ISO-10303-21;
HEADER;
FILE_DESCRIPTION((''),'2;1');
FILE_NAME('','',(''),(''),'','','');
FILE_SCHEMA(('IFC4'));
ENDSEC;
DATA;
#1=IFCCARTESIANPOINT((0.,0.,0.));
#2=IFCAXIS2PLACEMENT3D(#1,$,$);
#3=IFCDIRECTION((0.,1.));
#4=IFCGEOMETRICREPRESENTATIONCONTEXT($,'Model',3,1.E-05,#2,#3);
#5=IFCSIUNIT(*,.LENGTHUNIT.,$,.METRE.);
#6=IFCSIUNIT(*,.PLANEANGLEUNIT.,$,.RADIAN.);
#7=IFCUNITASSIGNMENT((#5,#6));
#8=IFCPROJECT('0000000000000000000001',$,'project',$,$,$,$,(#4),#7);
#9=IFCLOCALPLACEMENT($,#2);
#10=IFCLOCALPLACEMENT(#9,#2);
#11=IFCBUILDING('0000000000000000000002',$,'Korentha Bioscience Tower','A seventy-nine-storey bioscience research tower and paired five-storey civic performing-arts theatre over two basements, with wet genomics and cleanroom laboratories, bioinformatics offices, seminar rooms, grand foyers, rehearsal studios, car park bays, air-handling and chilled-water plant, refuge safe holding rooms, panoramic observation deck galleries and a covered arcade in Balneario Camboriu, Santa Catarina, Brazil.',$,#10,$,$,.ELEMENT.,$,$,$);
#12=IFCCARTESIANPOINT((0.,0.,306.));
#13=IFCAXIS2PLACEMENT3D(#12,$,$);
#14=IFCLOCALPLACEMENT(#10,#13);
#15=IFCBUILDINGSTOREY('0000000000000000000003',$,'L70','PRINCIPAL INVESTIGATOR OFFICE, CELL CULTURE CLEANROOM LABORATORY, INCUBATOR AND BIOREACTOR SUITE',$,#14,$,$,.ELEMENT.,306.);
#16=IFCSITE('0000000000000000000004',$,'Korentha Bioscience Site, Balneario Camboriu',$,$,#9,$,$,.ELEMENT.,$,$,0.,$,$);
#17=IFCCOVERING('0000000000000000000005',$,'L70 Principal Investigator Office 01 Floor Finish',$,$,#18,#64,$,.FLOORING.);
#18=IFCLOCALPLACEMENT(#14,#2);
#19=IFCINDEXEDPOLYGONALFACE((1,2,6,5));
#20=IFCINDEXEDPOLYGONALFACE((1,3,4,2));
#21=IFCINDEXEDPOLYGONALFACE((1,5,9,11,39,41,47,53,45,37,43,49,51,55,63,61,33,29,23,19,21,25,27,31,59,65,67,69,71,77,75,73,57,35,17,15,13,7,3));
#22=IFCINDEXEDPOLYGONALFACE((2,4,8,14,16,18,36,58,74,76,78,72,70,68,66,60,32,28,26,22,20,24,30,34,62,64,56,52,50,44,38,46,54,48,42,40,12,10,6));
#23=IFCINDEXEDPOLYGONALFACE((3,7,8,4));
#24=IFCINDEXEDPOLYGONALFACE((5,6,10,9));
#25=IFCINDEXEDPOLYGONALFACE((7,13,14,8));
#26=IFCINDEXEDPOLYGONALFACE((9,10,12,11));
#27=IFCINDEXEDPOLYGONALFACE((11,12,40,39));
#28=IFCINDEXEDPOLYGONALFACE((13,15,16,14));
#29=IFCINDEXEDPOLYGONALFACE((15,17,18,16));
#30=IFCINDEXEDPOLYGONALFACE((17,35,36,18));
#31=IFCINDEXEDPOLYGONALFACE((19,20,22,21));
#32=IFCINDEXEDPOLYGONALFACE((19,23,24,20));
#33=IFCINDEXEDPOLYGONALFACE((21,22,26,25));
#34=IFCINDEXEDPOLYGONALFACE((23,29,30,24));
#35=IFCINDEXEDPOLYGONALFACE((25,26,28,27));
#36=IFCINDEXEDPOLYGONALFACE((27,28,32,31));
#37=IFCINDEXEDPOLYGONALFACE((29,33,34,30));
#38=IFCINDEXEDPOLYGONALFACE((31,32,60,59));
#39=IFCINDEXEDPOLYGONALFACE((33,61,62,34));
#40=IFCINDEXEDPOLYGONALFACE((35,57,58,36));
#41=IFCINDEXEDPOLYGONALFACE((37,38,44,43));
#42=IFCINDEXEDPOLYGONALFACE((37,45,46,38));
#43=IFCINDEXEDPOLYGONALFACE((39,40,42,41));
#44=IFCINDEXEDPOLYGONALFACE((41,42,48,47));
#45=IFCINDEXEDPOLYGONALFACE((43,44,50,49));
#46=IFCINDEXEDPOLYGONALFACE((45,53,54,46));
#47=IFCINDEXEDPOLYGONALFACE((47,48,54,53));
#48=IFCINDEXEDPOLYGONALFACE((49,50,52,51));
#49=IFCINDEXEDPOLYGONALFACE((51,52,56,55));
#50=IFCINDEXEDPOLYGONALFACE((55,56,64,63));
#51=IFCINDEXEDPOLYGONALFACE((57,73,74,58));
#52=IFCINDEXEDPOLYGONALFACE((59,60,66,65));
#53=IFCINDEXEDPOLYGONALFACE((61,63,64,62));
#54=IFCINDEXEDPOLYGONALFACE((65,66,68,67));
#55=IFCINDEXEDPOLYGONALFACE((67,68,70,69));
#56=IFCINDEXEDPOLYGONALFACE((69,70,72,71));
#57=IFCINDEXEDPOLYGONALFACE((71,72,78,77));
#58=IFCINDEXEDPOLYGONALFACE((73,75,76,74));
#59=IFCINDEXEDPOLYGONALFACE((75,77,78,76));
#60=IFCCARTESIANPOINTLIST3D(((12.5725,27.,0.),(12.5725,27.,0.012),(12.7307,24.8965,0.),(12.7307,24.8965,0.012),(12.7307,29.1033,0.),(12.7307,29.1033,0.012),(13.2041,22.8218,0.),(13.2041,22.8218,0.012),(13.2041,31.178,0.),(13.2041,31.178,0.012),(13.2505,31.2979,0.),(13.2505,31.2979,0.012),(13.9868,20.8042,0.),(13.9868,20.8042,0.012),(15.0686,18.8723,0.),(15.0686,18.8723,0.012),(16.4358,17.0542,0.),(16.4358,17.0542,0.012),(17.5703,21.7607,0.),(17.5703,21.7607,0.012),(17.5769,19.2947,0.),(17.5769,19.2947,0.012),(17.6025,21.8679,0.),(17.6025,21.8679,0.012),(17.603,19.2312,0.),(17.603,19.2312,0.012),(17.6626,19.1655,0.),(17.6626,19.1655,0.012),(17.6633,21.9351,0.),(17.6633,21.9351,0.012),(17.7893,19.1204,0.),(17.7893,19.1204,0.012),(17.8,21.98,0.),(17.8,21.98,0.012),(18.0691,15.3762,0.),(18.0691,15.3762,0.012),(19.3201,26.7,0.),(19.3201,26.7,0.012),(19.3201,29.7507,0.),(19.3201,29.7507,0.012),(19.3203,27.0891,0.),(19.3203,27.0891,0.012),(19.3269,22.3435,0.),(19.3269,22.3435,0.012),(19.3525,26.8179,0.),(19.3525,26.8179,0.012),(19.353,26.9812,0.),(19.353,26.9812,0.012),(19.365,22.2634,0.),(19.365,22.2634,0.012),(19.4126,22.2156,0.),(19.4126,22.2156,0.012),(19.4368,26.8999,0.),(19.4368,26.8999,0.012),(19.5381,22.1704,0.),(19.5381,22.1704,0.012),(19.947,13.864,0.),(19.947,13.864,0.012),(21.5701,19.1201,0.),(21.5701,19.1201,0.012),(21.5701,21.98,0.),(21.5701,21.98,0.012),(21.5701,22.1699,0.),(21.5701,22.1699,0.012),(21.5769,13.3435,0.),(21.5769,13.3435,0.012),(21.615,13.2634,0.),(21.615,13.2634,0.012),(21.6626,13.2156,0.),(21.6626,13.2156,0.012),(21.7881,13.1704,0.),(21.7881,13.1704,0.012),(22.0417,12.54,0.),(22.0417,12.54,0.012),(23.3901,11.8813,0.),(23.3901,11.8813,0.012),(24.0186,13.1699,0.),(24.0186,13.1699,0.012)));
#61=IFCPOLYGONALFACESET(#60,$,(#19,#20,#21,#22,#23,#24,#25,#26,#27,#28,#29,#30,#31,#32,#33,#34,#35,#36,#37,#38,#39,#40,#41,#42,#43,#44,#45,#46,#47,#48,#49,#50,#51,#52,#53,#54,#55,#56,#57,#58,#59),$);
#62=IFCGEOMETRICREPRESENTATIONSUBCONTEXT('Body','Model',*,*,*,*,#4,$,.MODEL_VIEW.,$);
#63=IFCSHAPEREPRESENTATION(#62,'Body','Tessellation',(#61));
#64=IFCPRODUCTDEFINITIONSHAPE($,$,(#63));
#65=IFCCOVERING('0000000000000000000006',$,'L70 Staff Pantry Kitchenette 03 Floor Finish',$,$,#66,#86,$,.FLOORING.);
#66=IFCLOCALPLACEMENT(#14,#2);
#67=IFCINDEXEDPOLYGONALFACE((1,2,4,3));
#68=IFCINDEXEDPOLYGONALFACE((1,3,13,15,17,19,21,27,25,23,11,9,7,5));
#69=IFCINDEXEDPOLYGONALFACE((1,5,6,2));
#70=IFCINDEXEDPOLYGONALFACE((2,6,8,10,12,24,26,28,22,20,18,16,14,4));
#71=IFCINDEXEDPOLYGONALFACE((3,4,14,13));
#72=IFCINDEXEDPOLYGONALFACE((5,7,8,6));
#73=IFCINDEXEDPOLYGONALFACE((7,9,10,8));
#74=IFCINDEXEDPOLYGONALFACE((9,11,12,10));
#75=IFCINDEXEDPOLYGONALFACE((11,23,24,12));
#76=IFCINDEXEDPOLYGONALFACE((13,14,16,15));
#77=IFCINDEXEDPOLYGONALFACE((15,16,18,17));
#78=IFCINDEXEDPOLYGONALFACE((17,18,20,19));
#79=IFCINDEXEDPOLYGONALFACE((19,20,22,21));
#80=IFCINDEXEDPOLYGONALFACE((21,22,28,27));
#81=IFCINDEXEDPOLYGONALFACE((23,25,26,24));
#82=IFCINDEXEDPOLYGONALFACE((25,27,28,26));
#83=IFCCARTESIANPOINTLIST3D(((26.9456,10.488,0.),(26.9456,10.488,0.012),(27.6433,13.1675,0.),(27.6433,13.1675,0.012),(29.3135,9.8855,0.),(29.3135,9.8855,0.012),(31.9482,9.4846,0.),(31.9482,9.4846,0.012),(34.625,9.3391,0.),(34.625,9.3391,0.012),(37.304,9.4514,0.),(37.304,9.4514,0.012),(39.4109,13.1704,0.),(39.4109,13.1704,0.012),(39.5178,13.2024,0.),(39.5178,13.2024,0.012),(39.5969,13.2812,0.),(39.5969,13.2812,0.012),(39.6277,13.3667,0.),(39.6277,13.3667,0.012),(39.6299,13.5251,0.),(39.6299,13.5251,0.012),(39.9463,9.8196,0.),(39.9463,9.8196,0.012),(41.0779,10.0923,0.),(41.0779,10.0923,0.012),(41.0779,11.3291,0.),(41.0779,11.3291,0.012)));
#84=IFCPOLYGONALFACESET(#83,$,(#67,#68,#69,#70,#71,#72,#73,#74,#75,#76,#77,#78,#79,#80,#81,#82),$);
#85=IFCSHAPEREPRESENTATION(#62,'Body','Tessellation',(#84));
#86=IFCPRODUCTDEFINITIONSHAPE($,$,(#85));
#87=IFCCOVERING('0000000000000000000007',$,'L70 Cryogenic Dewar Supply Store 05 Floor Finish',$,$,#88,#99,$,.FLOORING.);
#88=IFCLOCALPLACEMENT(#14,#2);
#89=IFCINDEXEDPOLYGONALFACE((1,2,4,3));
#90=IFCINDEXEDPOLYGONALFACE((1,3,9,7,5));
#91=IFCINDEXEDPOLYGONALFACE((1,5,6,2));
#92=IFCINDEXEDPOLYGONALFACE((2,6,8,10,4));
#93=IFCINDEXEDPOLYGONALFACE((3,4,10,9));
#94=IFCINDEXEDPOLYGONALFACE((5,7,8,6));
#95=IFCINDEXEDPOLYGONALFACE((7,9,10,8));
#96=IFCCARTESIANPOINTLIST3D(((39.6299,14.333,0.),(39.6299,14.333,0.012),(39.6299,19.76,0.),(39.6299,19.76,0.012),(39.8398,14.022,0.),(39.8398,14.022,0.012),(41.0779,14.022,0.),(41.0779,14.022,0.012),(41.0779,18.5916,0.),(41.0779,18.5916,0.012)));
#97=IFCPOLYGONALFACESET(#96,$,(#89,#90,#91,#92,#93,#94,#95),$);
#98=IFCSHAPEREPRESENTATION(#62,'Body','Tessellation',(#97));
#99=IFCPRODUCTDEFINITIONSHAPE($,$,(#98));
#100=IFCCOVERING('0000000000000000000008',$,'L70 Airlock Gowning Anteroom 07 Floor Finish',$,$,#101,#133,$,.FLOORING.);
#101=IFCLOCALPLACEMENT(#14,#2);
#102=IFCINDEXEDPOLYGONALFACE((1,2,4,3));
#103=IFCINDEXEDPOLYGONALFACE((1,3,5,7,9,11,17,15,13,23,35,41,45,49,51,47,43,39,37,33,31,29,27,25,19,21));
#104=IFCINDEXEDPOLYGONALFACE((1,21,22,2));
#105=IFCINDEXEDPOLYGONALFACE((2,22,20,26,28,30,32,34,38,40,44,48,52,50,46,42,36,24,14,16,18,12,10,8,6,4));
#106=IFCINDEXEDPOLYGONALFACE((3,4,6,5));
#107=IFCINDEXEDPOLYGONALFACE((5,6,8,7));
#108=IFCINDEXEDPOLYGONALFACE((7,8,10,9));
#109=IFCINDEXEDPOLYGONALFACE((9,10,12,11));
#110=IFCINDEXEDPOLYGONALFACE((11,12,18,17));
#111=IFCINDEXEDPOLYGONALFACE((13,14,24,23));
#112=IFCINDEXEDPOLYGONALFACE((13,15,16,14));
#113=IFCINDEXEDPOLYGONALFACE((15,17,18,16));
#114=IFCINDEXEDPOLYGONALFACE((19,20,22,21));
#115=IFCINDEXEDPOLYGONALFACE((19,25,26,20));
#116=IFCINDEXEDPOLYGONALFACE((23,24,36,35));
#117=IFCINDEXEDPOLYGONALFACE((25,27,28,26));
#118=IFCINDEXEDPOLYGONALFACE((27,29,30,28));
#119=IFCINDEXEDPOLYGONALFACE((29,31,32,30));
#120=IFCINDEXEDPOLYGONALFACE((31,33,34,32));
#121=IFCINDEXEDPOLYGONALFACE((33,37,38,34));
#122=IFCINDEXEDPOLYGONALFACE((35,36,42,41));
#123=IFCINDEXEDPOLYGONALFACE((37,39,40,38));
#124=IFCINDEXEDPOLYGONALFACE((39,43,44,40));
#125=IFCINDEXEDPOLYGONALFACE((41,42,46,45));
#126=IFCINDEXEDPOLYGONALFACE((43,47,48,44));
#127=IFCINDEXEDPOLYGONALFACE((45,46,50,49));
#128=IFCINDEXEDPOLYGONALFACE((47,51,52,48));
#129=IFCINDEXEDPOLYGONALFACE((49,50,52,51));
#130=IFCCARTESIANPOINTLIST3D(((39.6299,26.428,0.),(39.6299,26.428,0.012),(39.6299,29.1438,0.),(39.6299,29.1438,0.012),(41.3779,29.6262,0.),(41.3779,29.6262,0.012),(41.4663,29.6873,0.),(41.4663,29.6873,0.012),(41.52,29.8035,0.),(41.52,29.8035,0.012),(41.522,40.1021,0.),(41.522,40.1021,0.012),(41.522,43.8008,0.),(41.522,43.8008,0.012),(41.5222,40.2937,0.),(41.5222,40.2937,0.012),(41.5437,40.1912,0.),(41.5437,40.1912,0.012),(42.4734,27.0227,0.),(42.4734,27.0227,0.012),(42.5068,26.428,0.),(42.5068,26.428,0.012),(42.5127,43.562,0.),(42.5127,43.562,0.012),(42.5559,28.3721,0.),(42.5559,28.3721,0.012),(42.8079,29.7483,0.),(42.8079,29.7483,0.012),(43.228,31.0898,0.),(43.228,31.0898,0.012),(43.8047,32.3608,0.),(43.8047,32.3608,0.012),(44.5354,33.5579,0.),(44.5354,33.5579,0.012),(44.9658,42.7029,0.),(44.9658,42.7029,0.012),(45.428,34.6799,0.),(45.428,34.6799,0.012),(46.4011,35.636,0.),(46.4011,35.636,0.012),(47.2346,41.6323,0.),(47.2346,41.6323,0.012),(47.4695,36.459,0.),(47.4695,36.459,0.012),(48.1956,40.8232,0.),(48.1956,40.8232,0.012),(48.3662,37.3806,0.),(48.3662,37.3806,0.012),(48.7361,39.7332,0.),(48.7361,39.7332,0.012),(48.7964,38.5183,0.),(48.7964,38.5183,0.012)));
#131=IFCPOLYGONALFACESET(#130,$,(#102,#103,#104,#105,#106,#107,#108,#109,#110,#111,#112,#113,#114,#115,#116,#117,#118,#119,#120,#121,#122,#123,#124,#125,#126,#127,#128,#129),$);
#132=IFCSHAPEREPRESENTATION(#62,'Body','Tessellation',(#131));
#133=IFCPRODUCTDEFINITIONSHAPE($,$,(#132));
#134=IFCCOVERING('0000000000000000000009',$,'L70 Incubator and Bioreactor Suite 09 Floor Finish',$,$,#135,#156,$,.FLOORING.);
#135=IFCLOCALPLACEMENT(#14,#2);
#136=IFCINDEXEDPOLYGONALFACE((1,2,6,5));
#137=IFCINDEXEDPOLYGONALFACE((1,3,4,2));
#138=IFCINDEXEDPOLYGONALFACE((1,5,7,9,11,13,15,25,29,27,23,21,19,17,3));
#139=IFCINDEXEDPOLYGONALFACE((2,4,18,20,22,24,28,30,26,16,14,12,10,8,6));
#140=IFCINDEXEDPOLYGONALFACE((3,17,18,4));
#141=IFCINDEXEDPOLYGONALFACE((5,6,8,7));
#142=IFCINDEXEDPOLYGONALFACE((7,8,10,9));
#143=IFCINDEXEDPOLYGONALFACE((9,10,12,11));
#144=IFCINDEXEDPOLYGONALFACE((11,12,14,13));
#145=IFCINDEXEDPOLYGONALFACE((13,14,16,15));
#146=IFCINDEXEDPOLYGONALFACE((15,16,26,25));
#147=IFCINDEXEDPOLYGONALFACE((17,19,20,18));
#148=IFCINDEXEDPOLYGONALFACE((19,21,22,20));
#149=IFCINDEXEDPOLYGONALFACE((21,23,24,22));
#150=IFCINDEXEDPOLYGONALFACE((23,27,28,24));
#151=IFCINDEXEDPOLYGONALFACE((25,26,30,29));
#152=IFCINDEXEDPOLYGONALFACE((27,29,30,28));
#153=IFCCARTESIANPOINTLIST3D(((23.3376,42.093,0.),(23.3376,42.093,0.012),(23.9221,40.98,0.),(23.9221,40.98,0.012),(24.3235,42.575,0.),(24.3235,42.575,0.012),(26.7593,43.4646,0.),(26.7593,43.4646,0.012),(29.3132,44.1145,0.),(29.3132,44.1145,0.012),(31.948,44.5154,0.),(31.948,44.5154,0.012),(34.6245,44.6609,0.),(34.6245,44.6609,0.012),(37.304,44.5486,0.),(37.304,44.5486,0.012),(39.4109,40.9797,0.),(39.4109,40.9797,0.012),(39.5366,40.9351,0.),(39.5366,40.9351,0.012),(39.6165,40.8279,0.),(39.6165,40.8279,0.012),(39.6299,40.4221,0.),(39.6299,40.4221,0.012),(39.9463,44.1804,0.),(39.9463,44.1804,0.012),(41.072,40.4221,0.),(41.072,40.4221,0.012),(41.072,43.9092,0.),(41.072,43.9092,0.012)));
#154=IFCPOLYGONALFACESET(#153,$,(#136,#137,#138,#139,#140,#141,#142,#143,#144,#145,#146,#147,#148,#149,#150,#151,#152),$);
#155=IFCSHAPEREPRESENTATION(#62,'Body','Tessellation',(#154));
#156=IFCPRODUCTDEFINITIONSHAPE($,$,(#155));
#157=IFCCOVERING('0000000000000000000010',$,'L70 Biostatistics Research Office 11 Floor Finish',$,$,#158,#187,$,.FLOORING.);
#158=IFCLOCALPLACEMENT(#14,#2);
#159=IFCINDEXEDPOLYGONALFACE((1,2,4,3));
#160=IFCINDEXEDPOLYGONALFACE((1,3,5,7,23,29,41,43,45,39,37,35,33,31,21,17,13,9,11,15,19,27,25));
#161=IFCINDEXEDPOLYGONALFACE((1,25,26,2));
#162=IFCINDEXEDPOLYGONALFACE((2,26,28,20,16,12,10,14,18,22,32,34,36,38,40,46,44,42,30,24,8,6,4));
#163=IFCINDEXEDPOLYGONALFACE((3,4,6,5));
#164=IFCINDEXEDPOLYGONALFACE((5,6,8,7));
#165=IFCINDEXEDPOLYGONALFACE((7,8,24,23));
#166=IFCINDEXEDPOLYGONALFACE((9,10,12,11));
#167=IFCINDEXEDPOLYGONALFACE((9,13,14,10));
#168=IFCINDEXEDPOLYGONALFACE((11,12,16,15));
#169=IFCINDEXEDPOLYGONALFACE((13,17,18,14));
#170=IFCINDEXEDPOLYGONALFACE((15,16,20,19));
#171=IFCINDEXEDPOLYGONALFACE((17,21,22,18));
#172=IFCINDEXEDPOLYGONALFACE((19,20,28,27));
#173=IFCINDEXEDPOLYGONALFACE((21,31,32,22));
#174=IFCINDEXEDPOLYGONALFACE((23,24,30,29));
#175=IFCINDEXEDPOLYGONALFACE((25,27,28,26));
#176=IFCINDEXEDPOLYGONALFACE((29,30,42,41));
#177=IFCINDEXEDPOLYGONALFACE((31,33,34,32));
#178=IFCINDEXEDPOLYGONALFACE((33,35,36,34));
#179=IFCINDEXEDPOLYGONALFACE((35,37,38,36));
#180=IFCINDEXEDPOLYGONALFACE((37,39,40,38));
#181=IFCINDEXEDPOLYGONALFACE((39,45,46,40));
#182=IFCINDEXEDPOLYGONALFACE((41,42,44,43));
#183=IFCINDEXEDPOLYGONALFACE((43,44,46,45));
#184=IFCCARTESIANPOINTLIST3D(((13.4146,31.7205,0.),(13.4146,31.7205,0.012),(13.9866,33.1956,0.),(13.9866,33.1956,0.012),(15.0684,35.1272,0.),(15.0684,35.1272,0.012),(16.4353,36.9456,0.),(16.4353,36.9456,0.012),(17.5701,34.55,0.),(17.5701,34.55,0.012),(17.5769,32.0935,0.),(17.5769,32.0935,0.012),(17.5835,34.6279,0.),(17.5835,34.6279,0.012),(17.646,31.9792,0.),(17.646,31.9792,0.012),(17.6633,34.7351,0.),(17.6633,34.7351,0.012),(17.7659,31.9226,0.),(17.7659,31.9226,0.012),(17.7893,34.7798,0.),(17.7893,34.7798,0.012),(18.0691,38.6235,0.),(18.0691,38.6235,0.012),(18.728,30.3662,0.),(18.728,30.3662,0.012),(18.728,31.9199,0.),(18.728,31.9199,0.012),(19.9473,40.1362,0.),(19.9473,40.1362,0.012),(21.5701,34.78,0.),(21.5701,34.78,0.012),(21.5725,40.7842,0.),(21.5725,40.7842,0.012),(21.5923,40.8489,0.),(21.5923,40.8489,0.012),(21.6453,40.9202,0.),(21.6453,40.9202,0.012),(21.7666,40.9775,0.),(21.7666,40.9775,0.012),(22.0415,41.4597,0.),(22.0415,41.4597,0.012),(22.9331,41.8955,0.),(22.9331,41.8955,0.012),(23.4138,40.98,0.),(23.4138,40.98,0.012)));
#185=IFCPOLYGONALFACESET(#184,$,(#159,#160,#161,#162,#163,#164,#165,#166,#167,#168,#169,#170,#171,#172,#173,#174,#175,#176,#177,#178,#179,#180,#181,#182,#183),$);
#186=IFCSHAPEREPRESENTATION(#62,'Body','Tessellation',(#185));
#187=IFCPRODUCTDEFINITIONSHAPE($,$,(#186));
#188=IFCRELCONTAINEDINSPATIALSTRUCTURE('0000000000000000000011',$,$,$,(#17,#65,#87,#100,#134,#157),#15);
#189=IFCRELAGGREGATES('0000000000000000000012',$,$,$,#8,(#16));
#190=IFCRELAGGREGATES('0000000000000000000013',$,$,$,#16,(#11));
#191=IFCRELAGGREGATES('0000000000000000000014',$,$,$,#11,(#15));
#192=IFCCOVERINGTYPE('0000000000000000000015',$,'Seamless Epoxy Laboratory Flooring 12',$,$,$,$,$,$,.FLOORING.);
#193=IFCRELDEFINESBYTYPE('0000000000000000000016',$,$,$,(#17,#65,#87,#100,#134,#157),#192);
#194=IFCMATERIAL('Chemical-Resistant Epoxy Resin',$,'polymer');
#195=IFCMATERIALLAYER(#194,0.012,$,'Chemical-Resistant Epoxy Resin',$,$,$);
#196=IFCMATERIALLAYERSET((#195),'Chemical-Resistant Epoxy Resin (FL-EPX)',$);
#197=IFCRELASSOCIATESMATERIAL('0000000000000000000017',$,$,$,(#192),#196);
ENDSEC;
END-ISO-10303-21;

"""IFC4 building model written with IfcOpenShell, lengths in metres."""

from ifc_helpers import new_model, si_unit, direction, frame, origin, place, context, subcontext, project, spatial, polyline, outline, extrude, material, layer, layer_set, type_object, element, save


model = new_model("IFC4")

# Units and contexts
model_context = context("Model", 3, precision=1e-05, world=origin(), true_north=direction((0.0, 1.0)))
body_context = subcontext(model_context, "Body", "Model", "MODEL_VIEW")
ifc_project = project(units=[si_unit("LENGTHUNIT", "METRE"), si_unit("PLANEANGLEUNIT", "RADIAN")], contexts=[model_context])

# Site, building, storey
site_placement = place(None, origin())
site = spatial("IfcSite", under=ifc_project, at=site_placement, Name="Korentha Bioscience Site, Balneario Camboriu", CompositionType="ELEMENT", RefElevation=0.0)
building_placement = place(site_placement, origin())
building = spatial("IfcBuilding", under=site, at=building_placement, Name="Korentha Bioscience Tower", Description="A seventy-nine-storey bioscience research tower and paired five-storey civic performing-arts theatre over two basements, with wet genomics and cleanroom laboratories, bioinformatics offices, seminar rooms, grand foyers, rehearsal studios, car park bays, air-handling and chilled-water plant, refuge safe holding rooms, panoramic observation deck galleries and a covered arcade in Balneario Camboriu, Santa Catarina, Brazil.", CompositionType="ELEMENT")
storey_placement = place(building_placement, frame((0.0, 0.0, 306.0)))
storey = spatial("IfcBuildingStorey", under=building, at=storey_placement, Name="L70", Description="PRINCIPAL INVESTIGATOR OFFICE, CELL CULTURE CLEANROOM LABORATORY, INCUBATOR AND BIOREACTOR SUITE", CompositionType="ELEMENT", Elevation=306.0)

# Coverings
ifc_material_1 = material(Name="Chemical-Resistant Epoxy Resin", Category="polymer")
ifc_layer_1 = layer(ifc_material_1, 0.012, Name="Chemical-Resistant Epoxy Resin")
ifc_layer_set_1 = layer_set([ifc_layer_1], Name="Chemical-Resistant Epoxy Resin (FL-EPX)")
covering_type_1 = type_object("IfcCoveringType", Name="Seamless Epoxy Laboratory Flooring 12", PredefinedType="FLOORING", material=ifc_layer_set_1)
covering_1_placement = place(storey_placement, origin())
element("IfcCovering", 1, at=covering_1_placement, inside=storey, type_object=covering_type_1, Name="L70 Principal Investigator Office 01 Floor Finish", PredefinedType="FLOORING", context=body_context, shape_type="SweptSolid", body=[
    extrude(outline(polyline([(12.7307, 29.1033), (13.2041, 31.178), (13.2505, 31.2979), (19.3201, 29.7507), (19.3203, 27.0891), (19.353, 26.9812), (19.4368, 26.8999), (19.3525, 26.8179), (19.3201, 26.7), (19.3269, 22.3435), (19.365, 22.2634), (19.4126, 22.2156), (19.5381, 22.1704), (21.5701, 22.1699), (21.5701, 21.98), (17.8, 21.98), (17.6633, 21.9351), (17.6025, 21.8679), (17.5703, 21.7607), (17.5769, 19.2947), (17.603, 19.2312), (17.6626, 19.1655), (17.7893, 19.1204), (21.5701, 19.1201), (21.5769, 13.3435), (21.615, 13.2634), (21.6626, 13.2156), (21.7881, 13.1704), (24.0186, 13.1699), (23.3901, 11.8813), (22.0417, 12.54), (19.947, 13.864), (18.0691, 15.3762), (16.4358, 17.0542), (15.0686, 18.8723), (13.9868, 20.8042), (13.2041, 22.8218), (12.7307, 24.8965), (12.5725, 27.0), (12.7307, 29.1033)])), origin(), (0.0, 0.0, 1.0), 0.012),
])
covering_2_placement = place(storey_placement, origin())
element("IfcCovering", 2, at=covering_2_placement, inside=storey, type_object=covering_type_1, Name="L70 Staff Pantry Kitchenette 03 Floor Finish", PredefinedType="FLOORING", context=body_context, shape_type="SweptSolid", body=[
    extrude(outline(polyline([(27.6433, 13.1675), (39.4109, 13.1704), (39.5178, 13.2024), (39.5969, 13.2812), (39.6277, 13.3667), (39.6299, 13.5251), (41.0779, 11.3291), (41.0779, 10.0923), (39.9463, 9.8196), (37.304, 9.4514), (34.625, 9.3391), (31.9482, 9.4846), (29.3135, 9.8855), (26.9456, 10.488), (27.6433, 13.1675)])), origin(), (0.0, 0.0, 1.0), 0.012),
])
covering_3_placement = place(storey_placement, origin())
element("IfcCovering", 3, at=covering_3_placement, inside=storey, type_object=covering_type_1, Name="L70 Cryogenic Dewar Supply Store 05 Floor Finish", PredefinedType="FLOORING", context=body_context, shape_type="SweptSolid", body=[
    extrude(outline(polyline([(39.6299, 14.333), (39.6299, 19.76), (41.0779, 18.5916), (41.0779, 14.022), (39.8398, 14.022), (39.6299, 14.333)])), origin(), (0.0, 0.0, 1.0), 0.012),
])
covering_4_placement = place(storey_placement, origin())
element("IfcCovering", 4, at=covering_4_placement, inside=storey, type_object=covering_type_1, Name="L70 Airlock Gowning Anteroom 07 Floor Finish", PredefinedType="FLOORING", context=body_context, shape_type="SweptSolid", body=[
    extrude(outline(polyline([(42.5068, 26.428), (39.6299, 26.428), (39.6299, 29.1438), (41.3779, 29.6262), (41.4663, 29.6873), (41.52, 29.8035), (41.522, 40.1021), (41.5437, 40.1912), (41.5222, 40.2937), (41.522, 43.8008), (42.5127, 43.562), (44.9658, 42.7029), (47.2346, 41.6323), (48.1956, 40.8232), (48.7361, 39.7332), (48.7964, 38.5183), (48.3662, 37.3806), (47.4695, 36.459), (46.4011, 35.636), (45.428, 34.6799), (44.5354, 33.5579), (43.8047, 32.3608), (43.228, 31.0898), (42.8079, 29.7483), (42.5559, 28.3721), (42.4734, 27.0227), (42.5068, 26.428)])), origin(), (0.0, 0.0, 1.0), 0.012),
])
covering_5_placement = place(storey_placement, origin())
element("IfcCovering", 5, at=covering_5_placement, inside=storey, type_object=covering_type_1, Name="L70 Incubator and Bioreactor Suite 09 Floor Finish", PredefinedType="FLOORING", context=body_context, shape_type="SweptSolid", body=[
    extrude(outline(polyline([(24.3235, 42.575), (26.7593, 43.4646), (29.3132, 44.1145), (31.948, 44.5154), (34.6245, 44.6609), (37.304, 44.5486), (39.9463, 44.1804), (41.072, 43.9092), (41.072, 40.4221), (39.6299, 40.4221), (39.6165, 40.8279), (39.5366, 40.9351), (39.4109, 40.9797), (23.9221, 40.98), (23.3376, 42.093), (24.3235, 42.575)])), origin(), (0.0, 0.0, 1.0), 0.012),
])
covering_6_placement = place(storey_placement, origin())
element("IfcCovering", 6, at=covering_6_placement, inside=storey, type_object=covering_type_1, Name="L70 Biostatistics Research Office 11 Floor Finish", PredefinedType="FLOORING", context=body_context, shape_type="SweptSolid", body=[
    extrude(outline(polyline([(15.0684, 35.1272), (16.4353, 36.9456), (18.0691, 38.6235), (19.9473, 40.1362), (22.0415, 41.4597), (22.9331, 41.8955), (23.4138, 40.98), (21.7666, 40.9775), (21.6453, 40.9202), (21.5923, 40.8489), (21.5725, 40.7842), (21.5701, 34.78), (17.7893, 34.7798), (17.6633, 34.7351), (17.5835, 34.6279), (17.5701, 34.55), (17.5769, 32.0935), (17.646, 31.9792), (17.7659, 31.9226), (18.728, 31.9199), (18.728, 30.3662), (13.4146, 31.7205), (13.9866, 33.1956), (15.0684, 35.1272)])), origin(), (0.0, 0.0, 1.0), 0.012),
])

save(model, "model.ifc")
